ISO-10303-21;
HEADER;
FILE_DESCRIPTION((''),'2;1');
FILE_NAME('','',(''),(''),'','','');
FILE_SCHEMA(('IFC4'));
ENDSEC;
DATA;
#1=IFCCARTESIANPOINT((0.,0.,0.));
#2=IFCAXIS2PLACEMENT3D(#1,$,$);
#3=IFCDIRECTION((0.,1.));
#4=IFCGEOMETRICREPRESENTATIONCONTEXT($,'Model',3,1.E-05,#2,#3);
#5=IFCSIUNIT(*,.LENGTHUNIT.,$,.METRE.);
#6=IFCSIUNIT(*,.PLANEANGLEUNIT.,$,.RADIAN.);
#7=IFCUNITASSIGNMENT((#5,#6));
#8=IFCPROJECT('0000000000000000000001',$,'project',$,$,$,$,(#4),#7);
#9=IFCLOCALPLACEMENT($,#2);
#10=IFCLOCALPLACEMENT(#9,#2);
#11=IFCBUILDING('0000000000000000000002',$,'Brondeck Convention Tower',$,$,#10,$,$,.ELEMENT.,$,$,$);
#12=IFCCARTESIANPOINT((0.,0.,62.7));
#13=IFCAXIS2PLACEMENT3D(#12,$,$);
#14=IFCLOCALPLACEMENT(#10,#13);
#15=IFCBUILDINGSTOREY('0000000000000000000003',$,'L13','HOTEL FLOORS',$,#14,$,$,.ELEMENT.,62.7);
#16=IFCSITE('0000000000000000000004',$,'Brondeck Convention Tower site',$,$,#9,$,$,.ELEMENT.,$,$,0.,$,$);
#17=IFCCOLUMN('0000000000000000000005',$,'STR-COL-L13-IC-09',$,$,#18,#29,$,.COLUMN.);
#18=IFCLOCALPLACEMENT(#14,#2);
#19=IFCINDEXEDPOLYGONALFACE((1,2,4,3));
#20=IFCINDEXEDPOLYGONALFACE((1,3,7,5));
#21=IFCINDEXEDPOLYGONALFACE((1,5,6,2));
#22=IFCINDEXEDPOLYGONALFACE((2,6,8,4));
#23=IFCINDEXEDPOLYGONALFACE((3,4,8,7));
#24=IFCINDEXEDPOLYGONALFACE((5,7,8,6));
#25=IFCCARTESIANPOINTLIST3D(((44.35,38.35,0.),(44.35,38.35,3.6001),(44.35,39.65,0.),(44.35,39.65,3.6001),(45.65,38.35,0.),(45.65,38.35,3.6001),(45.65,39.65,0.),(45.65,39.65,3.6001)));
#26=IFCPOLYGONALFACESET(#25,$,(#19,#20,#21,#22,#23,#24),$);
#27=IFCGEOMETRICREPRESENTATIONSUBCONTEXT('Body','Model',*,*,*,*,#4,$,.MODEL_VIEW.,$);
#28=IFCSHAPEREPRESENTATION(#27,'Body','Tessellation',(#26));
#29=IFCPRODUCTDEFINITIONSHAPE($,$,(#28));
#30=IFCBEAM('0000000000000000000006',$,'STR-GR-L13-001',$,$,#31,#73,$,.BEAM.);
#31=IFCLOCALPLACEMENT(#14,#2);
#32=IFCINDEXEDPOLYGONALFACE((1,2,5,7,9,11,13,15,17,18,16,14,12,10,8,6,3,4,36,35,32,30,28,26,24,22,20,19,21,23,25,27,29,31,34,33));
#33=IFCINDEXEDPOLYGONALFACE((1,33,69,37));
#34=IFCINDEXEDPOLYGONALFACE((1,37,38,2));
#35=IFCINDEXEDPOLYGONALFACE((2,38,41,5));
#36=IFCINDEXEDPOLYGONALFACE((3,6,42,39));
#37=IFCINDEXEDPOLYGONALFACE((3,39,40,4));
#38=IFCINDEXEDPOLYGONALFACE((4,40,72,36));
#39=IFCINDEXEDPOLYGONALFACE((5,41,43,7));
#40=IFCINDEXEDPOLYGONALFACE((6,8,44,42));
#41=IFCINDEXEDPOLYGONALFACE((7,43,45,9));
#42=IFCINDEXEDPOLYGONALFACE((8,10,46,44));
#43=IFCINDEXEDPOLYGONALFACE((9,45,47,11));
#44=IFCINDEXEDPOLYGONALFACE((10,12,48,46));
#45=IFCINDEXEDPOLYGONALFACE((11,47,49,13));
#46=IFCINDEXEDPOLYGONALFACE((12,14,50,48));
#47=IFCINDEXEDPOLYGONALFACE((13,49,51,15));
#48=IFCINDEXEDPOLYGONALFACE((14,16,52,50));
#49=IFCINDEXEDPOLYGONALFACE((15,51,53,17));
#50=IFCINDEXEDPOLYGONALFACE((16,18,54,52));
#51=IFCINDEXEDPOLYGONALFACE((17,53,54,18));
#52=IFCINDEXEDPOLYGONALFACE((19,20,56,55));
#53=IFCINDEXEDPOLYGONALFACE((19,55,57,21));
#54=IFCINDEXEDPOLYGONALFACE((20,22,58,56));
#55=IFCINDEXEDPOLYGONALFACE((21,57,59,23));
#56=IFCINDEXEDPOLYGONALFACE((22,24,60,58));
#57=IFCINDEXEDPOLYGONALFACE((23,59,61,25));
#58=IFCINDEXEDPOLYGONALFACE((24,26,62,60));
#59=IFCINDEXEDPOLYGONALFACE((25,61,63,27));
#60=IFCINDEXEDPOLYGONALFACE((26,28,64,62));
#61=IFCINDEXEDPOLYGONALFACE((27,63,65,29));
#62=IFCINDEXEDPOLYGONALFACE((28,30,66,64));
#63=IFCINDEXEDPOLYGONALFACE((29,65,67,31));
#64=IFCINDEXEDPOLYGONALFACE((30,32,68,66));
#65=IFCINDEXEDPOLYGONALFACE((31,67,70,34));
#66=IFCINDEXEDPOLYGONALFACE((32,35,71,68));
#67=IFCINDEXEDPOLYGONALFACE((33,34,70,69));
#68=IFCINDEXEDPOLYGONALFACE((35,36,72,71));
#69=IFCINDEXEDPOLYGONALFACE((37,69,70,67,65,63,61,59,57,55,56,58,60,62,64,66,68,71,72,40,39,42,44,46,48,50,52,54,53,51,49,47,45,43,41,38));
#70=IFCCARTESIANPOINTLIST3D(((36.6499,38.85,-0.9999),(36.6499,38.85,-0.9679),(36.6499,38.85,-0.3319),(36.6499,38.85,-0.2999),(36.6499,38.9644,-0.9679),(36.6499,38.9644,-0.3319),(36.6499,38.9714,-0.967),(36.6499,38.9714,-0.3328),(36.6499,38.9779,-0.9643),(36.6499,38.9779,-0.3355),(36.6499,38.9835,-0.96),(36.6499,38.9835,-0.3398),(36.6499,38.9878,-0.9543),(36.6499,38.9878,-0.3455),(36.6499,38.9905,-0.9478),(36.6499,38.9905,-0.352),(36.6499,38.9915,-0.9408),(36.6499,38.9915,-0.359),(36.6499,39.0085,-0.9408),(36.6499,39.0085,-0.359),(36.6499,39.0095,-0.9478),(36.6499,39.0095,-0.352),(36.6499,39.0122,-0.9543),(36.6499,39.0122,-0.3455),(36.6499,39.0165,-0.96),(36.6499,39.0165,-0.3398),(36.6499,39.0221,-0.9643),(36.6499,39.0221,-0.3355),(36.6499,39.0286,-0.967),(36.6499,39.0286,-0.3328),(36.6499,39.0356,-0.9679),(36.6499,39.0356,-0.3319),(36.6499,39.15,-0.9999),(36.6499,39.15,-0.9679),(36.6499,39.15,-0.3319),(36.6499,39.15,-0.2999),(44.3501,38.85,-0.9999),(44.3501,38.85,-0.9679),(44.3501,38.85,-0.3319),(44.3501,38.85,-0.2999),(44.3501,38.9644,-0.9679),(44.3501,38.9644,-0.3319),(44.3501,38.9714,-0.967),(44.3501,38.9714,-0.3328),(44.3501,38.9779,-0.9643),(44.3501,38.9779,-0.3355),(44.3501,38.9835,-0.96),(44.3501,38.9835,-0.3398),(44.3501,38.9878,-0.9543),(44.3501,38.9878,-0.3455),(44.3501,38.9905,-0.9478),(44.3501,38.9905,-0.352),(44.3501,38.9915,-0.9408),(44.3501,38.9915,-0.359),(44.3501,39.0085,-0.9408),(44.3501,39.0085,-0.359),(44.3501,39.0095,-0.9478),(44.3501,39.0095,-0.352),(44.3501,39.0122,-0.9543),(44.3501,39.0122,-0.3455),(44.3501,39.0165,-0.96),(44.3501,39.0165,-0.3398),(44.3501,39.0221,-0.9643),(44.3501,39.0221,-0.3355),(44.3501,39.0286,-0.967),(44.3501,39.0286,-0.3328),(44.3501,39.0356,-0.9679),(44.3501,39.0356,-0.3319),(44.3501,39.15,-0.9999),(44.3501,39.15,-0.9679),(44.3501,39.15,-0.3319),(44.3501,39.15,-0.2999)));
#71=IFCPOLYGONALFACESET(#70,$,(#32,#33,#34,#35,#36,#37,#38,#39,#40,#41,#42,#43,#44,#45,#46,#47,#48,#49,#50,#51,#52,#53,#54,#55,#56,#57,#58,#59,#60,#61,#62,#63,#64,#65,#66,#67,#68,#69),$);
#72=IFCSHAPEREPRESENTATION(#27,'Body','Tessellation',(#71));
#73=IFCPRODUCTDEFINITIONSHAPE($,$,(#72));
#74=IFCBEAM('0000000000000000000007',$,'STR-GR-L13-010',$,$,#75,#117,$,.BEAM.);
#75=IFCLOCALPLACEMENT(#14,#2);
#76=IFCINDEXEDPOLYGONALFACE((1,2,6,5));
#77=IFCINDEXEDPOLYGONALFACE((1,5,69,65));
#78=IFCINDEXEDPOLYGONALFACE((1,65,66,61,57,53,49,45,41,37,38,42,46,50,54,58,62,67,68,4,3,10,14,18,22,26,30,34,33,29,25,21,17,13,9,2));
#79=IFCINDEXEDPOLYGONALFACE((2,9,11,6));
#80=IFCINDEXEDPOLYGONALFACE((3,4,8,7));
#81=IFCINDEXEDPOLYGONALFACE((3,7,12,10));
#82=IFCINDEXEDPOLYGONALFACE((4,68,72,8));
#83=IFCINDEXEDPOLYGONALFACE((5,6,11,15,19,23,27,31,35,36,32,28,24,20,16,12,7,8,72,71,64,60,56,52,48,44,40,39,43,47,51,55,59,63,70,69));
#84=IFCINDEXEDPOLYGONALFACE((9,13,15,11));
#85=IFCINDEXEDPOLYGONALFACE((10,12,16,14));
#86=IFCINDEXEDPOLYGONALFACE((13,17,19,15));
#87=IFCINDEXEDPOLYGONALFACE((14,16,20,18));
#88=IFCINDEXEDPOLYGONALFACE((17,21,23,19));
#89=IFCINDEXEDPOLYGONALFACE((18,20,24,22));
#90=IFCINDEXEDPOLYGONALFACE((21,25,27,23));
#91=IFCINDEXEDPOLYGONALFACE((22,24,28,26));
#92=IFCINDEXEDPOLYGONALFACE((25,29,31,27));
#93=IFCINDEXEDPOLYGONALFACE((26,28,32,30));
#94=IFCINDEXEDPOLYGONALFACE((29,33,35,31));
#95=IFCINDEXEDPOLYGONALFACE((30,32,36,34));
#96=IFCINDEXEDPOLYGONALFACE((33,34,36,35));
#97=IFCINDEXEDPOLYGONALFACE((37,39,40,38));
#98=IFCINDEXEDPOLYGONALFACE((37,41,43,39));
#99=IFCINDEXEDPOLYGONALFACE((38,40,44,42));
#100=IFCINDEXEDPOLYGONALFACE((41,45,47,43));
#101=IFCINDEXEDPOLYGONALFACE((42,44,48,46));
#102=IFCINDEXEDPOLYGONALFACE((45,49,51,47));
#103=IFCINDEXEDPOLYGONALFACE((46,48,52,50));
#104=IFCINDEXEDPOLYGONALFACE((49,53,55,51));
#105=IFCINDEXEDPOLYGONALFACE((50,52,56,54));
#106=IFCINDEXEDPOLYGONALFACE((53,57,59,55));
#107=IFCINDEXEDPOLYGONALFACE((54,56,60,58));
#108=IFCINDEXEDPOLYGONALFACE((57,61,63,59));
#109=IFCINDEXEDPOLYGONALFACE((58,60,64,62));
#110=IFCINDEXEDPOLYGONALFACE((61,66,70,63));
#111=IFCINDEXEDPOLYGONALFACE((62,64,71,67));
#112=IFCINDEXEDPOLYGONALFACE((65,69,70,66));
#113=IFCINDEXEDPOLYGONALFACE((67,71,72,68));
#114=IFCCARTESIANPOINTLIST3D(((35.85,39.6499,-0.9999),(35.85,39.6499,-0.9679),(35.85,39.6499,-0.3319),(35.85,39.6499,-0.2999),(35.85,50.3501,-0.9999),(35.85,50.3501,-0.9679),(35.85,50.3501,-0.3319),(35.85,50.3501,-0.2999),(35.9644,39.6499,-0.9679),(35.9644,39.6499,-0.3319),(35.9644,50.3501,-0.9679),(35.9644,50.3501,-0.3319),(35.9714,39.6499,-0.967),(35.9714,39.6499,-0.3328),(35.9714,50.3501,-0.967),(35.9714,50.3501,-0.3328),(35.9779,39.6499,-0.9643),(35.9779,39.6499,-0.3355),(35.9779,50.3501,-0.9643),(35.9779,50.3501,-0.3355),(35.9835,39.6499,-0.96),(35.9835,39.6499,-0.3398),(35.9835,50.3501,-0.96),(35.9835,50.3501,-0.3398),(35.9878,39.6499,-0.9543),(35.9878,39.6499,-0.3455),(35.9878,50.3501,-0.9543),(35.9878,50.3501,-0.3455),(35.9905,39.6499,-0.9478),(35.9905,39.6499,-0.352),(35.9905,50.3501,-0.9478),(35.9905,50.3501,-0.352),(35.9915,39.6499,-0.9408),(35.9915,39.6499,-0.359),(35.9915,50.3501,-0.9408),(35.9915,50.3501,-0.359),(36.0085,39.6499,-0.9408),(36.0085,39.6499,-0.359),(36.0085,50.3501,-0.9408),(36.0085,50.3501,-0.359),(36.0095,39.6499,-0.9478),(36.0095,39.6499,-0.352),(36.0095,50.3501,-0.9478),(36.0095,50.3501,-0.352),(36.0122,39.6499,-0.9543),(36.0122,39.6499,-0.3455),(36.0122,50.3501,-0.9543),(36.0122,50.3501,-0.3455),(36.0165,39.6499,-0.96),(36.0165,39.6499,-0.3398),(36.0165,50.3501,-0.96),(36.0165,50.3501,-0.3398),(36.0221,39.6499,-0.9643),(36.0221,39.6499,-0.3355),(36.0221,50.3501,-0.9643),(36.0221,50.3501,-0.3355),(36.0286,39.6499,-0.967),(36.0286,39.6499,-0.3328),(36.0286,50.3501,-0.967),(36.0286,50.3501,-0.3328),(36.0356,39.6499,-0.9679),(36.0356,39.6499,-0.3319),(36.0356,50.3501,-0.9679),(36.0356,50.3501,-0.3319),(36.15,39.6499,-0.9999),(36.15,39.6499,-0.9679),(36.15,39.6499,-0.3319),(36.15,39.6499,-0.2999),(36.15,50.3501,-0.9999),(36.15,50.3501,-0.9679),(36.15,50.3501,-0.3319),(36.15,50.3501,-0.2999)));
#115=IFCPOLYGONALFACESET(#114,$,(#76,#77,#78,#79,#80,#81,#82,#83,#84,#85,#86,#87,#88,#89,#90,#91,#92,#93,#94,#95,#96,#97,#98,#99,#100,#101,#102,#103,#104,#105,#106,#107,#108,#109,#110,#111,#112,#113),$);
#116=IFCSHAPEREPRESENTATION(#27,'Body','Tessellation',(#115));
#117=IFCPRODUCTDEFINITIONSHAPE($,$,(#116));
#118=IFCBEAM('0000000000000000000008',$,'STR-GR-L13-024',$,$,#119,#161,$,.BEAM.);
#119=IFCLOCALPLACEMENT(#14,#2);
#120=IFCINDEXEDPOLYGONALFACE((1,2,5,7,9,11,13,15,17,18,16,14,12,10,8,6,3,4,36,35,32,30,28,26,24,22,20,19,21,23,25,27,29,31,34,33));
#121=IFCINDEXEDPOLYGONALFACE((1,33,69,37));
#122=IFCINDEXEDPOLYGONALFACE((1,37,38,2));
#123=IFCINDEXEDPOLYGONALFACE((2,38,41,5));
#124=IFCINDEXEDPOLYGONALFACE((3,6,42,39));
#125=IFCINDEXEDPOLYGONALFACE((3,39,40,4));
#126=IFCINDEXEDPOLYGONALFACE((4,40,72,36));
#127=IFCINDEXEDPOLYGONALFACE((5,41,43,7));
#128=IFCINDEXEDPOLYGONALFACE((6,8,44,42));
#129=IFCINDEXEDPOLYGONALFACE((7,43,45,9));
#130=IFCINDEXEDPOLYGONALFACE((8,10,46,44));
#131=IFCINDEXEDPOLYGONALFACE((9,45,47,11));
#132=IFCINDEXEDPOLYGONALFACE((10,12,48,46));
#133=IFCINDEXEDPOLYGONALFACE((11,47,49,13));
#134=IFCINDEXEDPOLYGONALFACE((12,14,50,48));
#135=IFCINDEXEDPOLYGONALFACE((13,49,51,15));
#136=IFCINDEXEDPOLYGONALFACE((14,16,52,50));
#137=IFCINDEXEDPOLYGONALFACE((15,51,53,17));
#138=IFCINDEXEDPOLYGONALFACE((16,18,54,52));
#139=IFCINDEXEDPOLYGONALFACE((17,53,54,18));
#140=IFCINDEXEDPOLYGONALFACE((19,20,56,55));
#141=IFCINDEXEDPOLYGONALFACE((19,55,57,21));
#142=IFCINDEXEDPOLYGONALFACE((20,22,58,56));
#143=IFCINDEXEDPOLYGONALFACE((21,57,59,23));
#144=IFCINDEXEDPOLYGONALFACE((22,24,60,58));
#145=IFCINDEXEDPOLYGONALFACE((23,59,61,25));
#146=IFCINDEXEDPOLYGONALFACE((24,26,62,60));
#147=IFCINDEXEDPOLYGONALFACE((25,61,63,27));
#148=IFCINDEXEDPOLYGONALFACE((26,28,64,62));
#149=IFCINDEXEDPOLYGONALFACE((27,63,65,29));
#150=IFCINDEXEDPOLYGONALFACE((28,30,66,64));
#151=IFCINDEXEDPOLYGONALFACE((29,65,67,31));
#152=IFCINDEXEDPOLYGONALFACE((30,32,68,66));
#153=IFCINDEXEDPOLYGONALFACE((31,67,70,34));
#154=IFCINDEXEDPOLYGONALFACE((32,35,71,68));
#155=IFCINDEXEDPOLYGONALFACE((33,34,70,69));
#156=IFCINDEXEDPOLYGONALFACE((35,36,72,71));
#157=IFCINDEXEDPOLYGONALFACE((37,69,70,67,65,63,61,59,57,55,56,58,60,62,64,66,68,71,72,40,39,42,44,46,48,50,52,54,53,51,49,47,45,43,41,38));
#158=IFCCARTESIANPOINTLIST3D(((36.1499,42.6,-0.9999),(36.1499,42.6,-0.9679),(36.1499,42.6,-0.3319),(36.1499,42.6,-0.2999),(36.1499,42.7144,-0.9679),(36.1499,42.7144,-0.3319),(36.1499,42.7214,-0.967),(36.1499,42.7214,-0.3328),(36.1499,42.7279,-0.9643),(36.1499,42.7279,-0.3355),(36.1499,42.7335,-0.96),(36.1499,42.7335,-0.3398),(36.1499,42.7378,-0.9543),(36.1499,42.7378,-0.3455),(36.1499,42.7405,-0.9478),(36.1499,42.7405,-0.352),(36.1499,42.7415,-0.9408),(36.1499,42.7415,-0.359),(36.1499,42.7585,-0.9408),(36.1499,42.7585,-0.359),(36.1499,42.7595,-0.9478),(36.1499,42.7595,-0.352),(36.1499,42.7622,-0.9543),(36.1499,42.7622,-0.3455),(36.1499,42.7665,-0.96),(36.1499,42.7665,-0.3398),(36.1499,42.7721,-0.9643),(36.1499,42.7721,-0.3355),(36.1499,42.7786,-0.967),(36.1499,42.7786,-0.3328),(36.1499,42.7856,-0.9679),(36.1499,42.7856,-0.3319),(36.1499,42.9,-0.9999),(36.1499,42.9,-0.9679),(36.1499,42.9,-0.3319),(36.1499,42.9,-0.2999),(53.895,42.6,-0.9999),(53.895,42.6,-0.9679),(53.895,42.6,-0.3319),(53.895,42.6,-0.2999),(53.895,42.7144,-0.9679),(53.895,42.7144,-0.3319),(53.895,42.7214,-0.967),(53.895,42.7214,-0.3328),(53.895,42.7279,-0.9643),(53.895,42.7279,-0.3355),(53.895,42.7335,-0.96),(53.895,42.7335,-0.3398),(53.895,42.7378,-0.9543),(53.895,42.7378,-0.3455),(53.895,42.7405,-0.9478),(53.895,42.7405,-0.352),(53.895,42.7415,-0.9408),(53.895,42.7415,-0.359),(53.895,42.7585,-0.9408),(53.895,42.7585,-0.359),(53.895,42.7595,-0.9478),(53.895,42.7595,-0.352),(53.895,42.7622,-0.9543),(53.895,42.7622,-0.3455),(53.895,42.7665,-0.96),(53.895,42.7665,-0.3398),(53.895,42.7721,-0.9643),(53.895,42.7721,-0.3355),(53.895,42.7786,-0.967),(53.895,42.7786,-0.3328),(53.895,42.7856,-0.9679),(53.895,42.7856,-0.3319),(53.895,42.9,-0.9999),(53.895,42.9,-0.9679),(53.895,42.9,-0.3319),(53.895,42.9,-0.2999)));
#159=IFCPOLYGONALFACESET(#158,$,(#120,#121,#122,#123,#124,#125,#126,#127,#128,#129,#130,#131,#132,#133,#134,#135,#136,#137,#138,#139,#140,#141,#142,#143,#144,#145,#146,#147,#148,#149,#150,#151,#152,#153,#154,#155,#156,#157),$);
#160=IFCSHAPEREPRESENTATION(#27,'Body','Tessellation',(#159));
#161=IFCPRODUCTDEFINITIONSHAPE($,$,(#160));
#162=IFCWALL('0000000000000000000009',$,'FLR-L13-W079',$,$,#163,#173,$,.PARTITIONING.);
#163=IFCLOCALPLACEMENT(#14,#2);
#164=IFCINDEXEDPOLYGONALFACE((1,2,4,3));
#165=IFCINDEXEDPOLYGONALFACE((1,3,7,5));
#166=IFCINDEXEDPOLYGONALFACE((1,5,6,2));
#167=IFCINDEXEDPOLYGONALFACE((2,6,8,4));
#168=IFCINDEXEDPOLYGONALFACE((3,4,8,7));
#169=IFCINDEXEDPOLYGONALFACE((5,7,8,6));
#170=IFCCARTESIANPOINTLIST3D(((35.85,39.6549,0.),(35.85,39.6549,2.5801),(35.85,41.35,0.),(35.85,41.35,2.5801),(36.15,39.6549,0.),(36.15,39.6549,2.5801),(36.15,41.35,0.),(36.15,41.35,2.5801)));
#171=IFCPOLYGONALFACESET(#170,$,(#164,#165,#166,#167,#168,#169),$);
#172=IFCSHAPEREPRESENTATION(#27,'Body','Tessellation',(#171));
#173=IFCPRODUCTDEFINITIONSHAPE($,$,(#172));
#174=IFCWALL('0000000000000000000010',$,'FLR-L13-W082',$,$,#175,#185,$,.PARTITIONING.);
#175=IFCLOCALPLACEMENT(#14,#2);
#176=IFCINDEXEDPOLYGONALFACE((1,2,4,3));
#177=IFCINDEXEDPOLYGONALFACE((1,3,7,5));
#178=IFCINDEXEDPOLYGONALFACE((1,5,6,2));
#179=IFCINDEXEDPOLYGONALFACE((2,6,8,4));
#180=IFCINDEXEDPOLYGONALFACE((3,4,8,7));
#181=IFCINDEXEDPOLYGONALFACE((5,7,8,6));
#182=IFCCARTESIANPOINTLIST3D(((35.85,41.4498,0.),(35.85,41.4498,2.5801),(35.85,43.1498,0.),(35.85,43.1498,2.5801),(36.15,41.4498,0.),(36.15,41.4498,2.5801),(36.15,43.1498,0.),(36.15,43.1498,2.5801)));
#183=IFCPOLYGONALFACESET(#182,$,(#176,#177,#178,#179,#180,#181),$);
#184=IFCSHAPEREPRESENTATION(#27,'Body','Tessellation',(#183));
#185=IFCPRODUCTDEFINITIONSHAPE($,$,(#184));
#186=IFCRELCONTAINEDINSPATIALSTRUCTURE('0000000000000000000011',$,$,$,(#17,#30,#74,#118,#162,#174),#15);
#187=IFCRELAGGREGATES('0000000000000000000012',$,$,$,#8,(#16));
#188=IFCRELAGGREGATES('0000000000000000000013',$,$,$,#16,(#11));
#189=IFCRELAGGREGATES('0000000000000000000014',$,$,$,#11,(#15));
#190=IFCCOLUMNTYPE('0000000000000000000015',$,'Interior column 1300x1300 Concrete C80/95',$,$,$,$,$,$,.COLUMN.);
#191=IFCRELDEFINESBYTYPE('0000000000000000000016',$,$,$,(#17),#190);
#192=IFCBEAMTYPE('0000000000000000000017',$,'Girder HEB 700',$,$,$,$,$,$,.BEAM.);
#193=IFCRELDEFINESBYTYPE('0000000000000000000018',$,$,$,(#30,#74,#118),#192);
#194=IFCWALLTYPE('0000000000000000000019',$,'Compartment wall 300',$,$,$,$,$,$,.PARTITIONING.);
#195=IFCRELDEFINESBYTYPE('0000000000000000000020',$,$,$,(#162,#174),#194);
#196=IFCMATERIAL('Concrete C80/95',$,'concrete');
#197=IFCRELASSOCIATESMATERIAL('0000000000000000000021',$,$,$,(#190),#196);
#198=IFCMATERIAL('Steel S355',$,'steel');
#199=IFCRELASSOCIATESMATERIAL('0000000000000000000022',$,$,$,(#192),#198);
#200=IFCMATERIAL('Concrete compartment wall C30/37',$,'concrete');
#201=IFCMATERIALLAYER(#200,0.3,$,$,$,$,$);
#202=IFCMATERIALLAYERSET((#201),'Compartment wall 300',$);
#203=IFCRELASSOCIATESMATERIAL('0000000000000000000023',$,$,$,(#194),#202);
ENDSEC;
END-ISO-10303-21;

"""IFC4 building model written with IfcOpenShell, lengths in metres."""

from ifc_helpers import new_model, si_unit, direction, frame, frame_2d, origin, origin_2d, place, context, subcontext, project, spatial, rectangle, i_section, extrude, material, layer, layer_set, material_profile, profile_set, type_object, element, save


model = new_model("IFC4")

# Units and contexts
model_context = context("Model", 3, precision=1e-05, world=origin(), true_north=direction((0.0, 1.0)))
body_context = subcontext(model_context, "Body", "Model", "MODEL_VIEW")
ifc_project = project(units=[si_unit("LENGTHUNIT", "METRE"), si_unit("PLANEANGLEUNIT", "RADIAN")], contexts=[model_context])

# Site, building, storey
site_placement = place(None, origin())
site = spatial("IfcSite", under=ifc_project, at=site_placement, Name="Brondeck Convention Tower site", CompositionType="ELEMENT", RefElevation=0.0)
building_placement = place(site_placement, origin())
building = spatial("IfcBuilding", under=site, at=building_placement, Name="Brondeck Convention Tower", CompositionType="ELEMENT")
storey_placement = place(building_placement, frame((0.0, 0.0, 62.7)))
storey = spatial("IfcBuildingStorey", under=building, at=storey_placement, Name="L13", Description="HOTEL FLOORS", CompositionType="ELEMENT", Elevation=62.7)

# Column
ifc_material_1 = material(Name="Concrete C80/95", Category="concrete")
ifc_material_profile_1 = material_profile(ifc_material_1, rectangle(XDim=1.3, YDim=1.3, at=origin_2d()), Name="Interior column 1300x1300 Concrete C80/95")
ifc_profile_set_1 = profile_set([ifc_material_profile_1], Name="Concrete C80/95")
column_type = type_object("IfcColumnType", Name="Interior column 1300x1300 Concrete C80/95", PredefinedType="COLUMN", material=ifc_profile_set_1)
column_placement = place(storey_placement, frame((45.0, 39.0, 0.0), z_axis=(0.0, 0.0, 1.0), x_axis=(1.0, 0.0, 0.0)))
element("IfcColumn", 1, at=column_placement, inside=storey, type_object=column_type, Name="STR-COL-L13-IC-09", PredefinedType="COLUMN", context=body_context, shape_type="SweptSolid", body=[
    extrude(rectangle(XDim=1.3, YDim=1.3, at=origin_2d()), origin(), (0.0, 0.0, 1.0), 3.6001),
])

# Beams
ifc_material_2 = material(Name="Steel S355", Category="steel")
ifc_material_profile_2 = material_profile(ifc_material_2, i_section(OverallWidth=0.3, OverallDepth=0.7, WebThickness=0.0171, FlangeThickness=0.032, FilletRadius=0.0271, at=origin_2d()), Name="HEB 700")
ifc_profile_set_2 = profile_set([ifc_material_profile_2], Name="Steel S355")
beam_type = type_object("IfcBeamType", Name="Girder HEB 700", PredefinedType="BEAM", material=ifc_profile_set_2)
beam_1_placement = place(storey_placement, frame((36.6499, 39.0, -0.6499), z_axis=(1.0, 0.0, 0.0), x_axis=(0.0, 1.0, 0.0)))
element("IfcBeam", 2, at=beam_1_placement, inside=storey, type_object=beam_type, Name="STR-GR-L13-001", PredefinedType="BEAM", context=body_context, shape_type="SweptSolid", body=[
    extrude(i_section(OverallWidth=0.3, OverallDepth=0.7, WebThickness=0.0171, FlangeThickness=0.032, FilletRadius=0.0271, at=origin_2d()), origin(), (0.0, 0.0, 1.0), 7.7002),
])
beam_2_placement = place(storey_placement, frame((36.0, 39.6499, -0.6499), z_axis=(0.0, 1.0, 0.0), x_axis=(-1.0, 0.0, 0.0)))
element("IfcBeam", 3, at=beam_2_placement, inside=storey, type_object=beam_type, Name="STR-GR-L13-010", PredefinedType="BEAM", context=body_context, shape_type="SweptSolid", body=[
    extrude(i_section(OverallWidth=0.3, OverallDepth=0.7, WebThickness=0.0171, FlangeThickness=0.032, FilletRadius=0.0271, at=origin_2d()), origin(), (0.0, 0.0, 1.0), 10.7002),
])
beam_3_placement = place(storey_placement, frame((36.1499, 42.75, -0.6499), z_axis=(1.0, 0.0, 0.0), x_axis=(0.0, 1.0, 0.0)))
element("IfcBeam", 4, at=beam_3_placement, inside=storey, type_object=beam_type, Name="STR-GR-L13-024", PredefinedType="BEAM", context=body_context, shape_type="SweptSolid", body=[
    extrude(i_section(OverallWidth=0.3, OverallDepth=0.7, WebThickness=0.0171, FlangeThickness=0.032, FilletRadius=0.0271, at=origin_2d()), origin(), (0.0, 0.0, 1.0), 17.7451),
])

# Walls
ifc_material_3 = material(Name="Concrete compartment wall C30/37", Category="concrete")
ifc_layer_1 = layer(ifc_material_3, 0.3)
ifc_layer_set_1 = layer_set([ifc_layer_1], Name="Compartment wall 300")
wall_type_1 = type_object("IfcWallType", Name="Compartment wall 300", PredefinedType="PARTITIONING", material=ifc_layer_set_1)
wall_1_placement = place(storey_placement, frame((36.0, 41.3501, 0.0), z_axis=(0.0, 0.0, 1.0), x_axis=(0.0, -1.0, 0.0)))
element("IfcWall", 5, at=wall_1_placement, inside=storey, type_object=wall_type_1, Name="FLR-L13-W079", PredefinedType="PARTITIONING", context=body_context, shape_type="SweptSolid", body=[
    extrude(rectangle(XDim=1.6951, YDim=0.3, at=frame_2d((0.8477, 0.0))), origin(), (0.0, 0.0, 1.0), 2.5801),
])
wall_2_placement = place(storey_placement, frame((36.0, 43.1499, 0.0), z_axis=(0.0, 0.0, 1.0), x_axis=(0.0, -1.0, 0.0)))
element("IfcWall", 6, at=wall_2_placement, inside=storey, type_object=wall_type_1, Name="FLR-L13-W082", PredefinedType="PARTITIONING", context=body_context, shape_type="SweptSolid", body=[
    extrude(rectangle(XDim=1.7, YDim=0.3, at=frame_2d((0.8501, 0.0))), origin(), (0.0, 0.0, 1.0), 2.5801),
])

save(model, "model.ifc")
